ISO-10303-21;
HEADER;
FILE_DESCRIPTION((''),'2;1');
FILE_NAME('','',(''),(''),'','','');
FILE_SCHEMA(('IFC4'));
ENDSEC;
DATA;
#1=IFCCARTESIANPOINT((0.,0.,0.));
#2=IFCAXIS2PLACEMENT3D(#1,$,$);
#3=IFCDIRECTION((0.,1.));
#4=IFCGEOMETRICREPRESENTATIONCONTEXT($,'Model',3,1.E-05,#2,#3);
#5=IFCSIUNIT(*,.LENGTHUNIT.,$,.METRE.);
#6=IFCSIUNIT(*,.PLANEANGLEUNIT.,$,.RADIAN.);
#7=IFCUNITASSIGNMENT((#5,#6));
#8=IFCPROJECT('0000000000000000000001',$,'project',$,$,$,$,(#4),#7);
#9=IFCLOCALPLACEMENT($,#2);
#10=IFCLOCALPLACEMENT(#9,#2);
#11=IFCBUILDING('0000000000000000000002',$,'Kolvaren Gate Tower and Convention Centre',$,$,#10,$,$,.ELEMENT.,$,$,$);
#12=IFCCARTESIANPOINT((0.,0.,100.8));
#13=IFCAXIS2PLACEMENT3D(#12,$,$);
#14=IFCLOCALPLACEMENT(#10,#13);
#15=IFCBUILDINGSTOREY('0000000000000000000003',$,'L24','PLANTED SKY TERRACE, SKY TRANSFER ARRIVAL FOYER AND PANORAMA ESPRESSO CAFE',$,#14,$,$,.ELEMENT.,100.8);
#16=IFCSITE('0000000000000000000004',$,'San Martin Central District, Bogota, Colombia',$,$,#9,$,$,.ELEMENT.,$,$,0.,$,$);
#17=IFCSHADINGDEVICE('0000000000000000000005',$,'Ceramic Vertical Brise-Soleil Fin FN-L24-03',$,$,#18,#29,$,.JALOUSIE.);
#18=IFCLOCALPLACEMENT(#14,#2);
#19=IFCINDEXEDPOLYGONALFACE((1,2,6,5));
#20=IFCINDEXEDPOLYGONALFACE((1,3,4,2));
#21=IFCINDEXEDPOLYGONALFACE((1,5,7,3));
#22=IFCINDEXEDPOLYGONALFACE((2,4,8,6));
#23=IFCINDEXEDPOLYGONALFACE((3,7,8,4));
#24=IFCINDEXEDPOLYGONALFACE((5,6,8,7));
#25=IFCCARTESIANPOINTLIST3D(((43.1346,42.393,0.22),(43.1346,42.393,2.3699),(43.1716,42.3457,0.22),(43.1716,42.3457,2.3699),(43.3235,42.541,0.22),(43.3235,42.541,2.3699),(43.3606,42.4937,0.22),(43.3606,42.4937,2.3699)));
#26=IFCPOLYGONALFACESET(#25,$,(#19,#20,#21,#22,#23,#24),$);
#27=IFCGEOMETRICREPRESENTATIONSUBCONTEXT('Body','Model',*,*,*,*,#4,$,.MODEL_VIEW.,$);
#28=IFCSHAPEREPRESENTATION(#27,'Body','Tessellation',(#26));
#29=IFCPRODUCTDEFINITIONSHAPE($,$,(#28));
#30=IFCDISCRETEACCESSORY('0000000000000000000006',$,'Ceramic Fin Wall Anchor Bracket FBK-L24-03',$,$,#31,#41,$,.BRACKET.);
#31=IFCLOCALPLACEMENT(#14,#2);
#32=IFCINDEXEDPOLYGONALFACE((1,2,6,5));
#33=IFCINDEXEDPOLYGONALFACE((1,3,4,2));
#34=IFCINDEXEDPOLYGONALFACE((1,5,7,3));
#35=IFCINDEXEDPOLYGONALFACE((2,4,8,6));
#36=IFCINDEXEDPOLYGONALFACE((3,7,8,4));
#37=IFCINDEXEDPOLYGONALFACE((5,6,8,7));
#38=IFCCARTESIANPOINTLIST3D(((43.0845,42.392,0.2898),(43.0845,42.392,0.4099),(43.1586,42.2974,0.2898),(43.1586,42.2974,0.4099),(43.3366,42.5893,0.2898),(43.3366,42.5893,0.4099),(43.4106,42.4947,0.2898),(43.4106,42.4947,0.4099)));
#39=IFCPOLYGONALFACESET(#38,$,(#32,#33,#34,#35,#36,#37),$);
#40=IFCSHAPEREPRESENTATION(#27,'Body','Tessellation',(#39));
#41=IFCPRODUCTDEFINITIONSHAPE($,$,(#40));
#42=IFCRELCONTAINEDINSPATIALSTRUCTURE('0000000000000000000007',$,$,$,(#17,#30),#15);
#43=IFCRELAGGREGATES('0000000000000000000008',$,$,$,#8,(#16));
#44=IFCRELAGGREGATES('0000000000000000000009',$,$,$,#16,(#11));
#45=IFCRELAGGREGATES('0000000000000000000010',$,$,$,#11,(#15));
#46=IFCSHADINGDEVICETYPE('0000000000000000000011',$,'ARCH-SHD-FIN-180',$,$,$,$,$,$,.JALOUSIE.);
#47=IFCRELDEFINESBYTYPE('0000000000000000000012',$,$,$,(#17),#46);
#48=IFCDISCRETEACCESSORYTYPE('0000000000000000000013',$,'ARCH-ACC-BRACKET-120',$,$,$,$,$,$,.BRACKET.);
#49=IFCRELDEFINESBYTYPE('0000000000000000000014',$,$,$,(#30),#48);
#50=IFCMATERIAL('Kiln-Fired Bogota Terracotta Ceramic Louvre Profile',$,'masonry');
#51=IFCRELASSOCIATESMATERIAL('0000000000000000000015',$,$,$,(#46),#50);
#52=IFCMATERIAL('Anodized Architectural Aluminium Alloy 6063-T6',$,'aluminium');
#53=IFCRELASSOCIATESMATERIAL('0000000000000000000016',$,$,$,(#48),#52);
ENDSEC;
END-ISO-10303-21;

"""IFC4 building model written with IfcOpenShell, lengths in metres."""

from ifc_helpers import new_model, si_unit, direction, frame, origin, origin_2d, place, context, subcontext, project, spatial, rectangle, extrude, material, type_object, element, save


model = new_model("IFC4")

# Units and contexts
model_context = context("Model", 3, precision=1e-05, world=origin(), true_north=direction((0.0, 1.0)))
body_context = subcontext(model_context, "Body", "Model", "MODEL_VIEW")
ifc_project = project(units=[si_unit("LENGTHUNIT", "METRE"), si_unit("PLANEANGLEUNIT", "RADIAN")], contexts=[model_context])

# Site, building, storey
site_placement = place(None, origin())
site = spatial("IfcSite", under=ifc_project, at=site_placement, Name="San Martin Central District, Bogota, Colombia", CompositionType="ELEMENT", RefElevation=0.0)
building_placement = place(site_placement, origin())
building = spatial("IfcBuilding", under=site, at=building_placement, Name="Kolvaren Gate Tower and Convention Centre", CompositionType="ELEMENT")
storey_placement = place(building_placement, frame((0.0, 0.0, 100.8)))
storey = spatial("IfcBuildingStorey", under=building, at=storey_placement, Name="L24", Description="PLANTED SKY TERRACE, SKY TRANSFER ARRIVAL FOYER AND PANORAMA ESPRESSO CAFE", CompositionType="ELEMENT", Elevation=100.8)

# Shared definitions
ifc_material_1 = material(Name="Anodized Architectural Aluminium Alloy 6063-T6", Category="aluminium")

# Shading device
ifc_material_2 = material(Name="Kiln-Fired Bogota Terracotta Ceramic Louvre Profile", Category="masonry")
shading_device_type = type_object("IfcShadingDeviceType", Name="ARCH-SHD-FIN-180", PredefinedType="JALOUSIE", material=ifc_material_2)
shading_device_placement = place(storey_placement, frame((43.2476, 42.4434, 0.22), z_axis=(0.0, 0.0, 1.0), x_axis=(0.616424, -0.787414, 0.0)))
element("IfcShadingDevice", 1, at=shading_device_placement, inside=storey, type_object=shading_device_type, Name="Ceramic Vertical Brise-Soleil Fin FN-L24-03", PredefinedType="JALOUSIE", context=body_context, shape_type="SweptSolid", body=[
    extrude(rectangle(XDim=0.0601, YDim=0.24, at=origin_2d()), origin(), (0.0, 0.0, 1.0), 2.1499),
])

# Discrete accessory
discrete_accessory_type = type_object("IfcDiscreteAccessoryType", Name="ARCH-ACC-BRACKET-120", PredefinedType="BRACKET", material=ifc_material_1)
discrete_accessory_placement = place(storey_placement, frame((43.2476, 42.4434, 0.2898), z_axis=(0.0, 0.0, 1.0), x_axis=(0.616424, -0.787414, 0.0)))
element("IfcDiscreteAccessory", 2, at=discrete_accessory_placement, inside=storey, type_object=discrete_accessory_type, Name="Ceramic Fin Wall Anchor Bracket FBK-L24-03", PredefinedType="BRACKET", context=body_context, shape_type="SweptSolid", body=[
    extrude(rectangle(XDim=0.1201, YDim=0.3201, at=origin_2d()), origin(), (0.0, 0.0, 1.0), 0.1201),
])

save(model, "model.ifc")
